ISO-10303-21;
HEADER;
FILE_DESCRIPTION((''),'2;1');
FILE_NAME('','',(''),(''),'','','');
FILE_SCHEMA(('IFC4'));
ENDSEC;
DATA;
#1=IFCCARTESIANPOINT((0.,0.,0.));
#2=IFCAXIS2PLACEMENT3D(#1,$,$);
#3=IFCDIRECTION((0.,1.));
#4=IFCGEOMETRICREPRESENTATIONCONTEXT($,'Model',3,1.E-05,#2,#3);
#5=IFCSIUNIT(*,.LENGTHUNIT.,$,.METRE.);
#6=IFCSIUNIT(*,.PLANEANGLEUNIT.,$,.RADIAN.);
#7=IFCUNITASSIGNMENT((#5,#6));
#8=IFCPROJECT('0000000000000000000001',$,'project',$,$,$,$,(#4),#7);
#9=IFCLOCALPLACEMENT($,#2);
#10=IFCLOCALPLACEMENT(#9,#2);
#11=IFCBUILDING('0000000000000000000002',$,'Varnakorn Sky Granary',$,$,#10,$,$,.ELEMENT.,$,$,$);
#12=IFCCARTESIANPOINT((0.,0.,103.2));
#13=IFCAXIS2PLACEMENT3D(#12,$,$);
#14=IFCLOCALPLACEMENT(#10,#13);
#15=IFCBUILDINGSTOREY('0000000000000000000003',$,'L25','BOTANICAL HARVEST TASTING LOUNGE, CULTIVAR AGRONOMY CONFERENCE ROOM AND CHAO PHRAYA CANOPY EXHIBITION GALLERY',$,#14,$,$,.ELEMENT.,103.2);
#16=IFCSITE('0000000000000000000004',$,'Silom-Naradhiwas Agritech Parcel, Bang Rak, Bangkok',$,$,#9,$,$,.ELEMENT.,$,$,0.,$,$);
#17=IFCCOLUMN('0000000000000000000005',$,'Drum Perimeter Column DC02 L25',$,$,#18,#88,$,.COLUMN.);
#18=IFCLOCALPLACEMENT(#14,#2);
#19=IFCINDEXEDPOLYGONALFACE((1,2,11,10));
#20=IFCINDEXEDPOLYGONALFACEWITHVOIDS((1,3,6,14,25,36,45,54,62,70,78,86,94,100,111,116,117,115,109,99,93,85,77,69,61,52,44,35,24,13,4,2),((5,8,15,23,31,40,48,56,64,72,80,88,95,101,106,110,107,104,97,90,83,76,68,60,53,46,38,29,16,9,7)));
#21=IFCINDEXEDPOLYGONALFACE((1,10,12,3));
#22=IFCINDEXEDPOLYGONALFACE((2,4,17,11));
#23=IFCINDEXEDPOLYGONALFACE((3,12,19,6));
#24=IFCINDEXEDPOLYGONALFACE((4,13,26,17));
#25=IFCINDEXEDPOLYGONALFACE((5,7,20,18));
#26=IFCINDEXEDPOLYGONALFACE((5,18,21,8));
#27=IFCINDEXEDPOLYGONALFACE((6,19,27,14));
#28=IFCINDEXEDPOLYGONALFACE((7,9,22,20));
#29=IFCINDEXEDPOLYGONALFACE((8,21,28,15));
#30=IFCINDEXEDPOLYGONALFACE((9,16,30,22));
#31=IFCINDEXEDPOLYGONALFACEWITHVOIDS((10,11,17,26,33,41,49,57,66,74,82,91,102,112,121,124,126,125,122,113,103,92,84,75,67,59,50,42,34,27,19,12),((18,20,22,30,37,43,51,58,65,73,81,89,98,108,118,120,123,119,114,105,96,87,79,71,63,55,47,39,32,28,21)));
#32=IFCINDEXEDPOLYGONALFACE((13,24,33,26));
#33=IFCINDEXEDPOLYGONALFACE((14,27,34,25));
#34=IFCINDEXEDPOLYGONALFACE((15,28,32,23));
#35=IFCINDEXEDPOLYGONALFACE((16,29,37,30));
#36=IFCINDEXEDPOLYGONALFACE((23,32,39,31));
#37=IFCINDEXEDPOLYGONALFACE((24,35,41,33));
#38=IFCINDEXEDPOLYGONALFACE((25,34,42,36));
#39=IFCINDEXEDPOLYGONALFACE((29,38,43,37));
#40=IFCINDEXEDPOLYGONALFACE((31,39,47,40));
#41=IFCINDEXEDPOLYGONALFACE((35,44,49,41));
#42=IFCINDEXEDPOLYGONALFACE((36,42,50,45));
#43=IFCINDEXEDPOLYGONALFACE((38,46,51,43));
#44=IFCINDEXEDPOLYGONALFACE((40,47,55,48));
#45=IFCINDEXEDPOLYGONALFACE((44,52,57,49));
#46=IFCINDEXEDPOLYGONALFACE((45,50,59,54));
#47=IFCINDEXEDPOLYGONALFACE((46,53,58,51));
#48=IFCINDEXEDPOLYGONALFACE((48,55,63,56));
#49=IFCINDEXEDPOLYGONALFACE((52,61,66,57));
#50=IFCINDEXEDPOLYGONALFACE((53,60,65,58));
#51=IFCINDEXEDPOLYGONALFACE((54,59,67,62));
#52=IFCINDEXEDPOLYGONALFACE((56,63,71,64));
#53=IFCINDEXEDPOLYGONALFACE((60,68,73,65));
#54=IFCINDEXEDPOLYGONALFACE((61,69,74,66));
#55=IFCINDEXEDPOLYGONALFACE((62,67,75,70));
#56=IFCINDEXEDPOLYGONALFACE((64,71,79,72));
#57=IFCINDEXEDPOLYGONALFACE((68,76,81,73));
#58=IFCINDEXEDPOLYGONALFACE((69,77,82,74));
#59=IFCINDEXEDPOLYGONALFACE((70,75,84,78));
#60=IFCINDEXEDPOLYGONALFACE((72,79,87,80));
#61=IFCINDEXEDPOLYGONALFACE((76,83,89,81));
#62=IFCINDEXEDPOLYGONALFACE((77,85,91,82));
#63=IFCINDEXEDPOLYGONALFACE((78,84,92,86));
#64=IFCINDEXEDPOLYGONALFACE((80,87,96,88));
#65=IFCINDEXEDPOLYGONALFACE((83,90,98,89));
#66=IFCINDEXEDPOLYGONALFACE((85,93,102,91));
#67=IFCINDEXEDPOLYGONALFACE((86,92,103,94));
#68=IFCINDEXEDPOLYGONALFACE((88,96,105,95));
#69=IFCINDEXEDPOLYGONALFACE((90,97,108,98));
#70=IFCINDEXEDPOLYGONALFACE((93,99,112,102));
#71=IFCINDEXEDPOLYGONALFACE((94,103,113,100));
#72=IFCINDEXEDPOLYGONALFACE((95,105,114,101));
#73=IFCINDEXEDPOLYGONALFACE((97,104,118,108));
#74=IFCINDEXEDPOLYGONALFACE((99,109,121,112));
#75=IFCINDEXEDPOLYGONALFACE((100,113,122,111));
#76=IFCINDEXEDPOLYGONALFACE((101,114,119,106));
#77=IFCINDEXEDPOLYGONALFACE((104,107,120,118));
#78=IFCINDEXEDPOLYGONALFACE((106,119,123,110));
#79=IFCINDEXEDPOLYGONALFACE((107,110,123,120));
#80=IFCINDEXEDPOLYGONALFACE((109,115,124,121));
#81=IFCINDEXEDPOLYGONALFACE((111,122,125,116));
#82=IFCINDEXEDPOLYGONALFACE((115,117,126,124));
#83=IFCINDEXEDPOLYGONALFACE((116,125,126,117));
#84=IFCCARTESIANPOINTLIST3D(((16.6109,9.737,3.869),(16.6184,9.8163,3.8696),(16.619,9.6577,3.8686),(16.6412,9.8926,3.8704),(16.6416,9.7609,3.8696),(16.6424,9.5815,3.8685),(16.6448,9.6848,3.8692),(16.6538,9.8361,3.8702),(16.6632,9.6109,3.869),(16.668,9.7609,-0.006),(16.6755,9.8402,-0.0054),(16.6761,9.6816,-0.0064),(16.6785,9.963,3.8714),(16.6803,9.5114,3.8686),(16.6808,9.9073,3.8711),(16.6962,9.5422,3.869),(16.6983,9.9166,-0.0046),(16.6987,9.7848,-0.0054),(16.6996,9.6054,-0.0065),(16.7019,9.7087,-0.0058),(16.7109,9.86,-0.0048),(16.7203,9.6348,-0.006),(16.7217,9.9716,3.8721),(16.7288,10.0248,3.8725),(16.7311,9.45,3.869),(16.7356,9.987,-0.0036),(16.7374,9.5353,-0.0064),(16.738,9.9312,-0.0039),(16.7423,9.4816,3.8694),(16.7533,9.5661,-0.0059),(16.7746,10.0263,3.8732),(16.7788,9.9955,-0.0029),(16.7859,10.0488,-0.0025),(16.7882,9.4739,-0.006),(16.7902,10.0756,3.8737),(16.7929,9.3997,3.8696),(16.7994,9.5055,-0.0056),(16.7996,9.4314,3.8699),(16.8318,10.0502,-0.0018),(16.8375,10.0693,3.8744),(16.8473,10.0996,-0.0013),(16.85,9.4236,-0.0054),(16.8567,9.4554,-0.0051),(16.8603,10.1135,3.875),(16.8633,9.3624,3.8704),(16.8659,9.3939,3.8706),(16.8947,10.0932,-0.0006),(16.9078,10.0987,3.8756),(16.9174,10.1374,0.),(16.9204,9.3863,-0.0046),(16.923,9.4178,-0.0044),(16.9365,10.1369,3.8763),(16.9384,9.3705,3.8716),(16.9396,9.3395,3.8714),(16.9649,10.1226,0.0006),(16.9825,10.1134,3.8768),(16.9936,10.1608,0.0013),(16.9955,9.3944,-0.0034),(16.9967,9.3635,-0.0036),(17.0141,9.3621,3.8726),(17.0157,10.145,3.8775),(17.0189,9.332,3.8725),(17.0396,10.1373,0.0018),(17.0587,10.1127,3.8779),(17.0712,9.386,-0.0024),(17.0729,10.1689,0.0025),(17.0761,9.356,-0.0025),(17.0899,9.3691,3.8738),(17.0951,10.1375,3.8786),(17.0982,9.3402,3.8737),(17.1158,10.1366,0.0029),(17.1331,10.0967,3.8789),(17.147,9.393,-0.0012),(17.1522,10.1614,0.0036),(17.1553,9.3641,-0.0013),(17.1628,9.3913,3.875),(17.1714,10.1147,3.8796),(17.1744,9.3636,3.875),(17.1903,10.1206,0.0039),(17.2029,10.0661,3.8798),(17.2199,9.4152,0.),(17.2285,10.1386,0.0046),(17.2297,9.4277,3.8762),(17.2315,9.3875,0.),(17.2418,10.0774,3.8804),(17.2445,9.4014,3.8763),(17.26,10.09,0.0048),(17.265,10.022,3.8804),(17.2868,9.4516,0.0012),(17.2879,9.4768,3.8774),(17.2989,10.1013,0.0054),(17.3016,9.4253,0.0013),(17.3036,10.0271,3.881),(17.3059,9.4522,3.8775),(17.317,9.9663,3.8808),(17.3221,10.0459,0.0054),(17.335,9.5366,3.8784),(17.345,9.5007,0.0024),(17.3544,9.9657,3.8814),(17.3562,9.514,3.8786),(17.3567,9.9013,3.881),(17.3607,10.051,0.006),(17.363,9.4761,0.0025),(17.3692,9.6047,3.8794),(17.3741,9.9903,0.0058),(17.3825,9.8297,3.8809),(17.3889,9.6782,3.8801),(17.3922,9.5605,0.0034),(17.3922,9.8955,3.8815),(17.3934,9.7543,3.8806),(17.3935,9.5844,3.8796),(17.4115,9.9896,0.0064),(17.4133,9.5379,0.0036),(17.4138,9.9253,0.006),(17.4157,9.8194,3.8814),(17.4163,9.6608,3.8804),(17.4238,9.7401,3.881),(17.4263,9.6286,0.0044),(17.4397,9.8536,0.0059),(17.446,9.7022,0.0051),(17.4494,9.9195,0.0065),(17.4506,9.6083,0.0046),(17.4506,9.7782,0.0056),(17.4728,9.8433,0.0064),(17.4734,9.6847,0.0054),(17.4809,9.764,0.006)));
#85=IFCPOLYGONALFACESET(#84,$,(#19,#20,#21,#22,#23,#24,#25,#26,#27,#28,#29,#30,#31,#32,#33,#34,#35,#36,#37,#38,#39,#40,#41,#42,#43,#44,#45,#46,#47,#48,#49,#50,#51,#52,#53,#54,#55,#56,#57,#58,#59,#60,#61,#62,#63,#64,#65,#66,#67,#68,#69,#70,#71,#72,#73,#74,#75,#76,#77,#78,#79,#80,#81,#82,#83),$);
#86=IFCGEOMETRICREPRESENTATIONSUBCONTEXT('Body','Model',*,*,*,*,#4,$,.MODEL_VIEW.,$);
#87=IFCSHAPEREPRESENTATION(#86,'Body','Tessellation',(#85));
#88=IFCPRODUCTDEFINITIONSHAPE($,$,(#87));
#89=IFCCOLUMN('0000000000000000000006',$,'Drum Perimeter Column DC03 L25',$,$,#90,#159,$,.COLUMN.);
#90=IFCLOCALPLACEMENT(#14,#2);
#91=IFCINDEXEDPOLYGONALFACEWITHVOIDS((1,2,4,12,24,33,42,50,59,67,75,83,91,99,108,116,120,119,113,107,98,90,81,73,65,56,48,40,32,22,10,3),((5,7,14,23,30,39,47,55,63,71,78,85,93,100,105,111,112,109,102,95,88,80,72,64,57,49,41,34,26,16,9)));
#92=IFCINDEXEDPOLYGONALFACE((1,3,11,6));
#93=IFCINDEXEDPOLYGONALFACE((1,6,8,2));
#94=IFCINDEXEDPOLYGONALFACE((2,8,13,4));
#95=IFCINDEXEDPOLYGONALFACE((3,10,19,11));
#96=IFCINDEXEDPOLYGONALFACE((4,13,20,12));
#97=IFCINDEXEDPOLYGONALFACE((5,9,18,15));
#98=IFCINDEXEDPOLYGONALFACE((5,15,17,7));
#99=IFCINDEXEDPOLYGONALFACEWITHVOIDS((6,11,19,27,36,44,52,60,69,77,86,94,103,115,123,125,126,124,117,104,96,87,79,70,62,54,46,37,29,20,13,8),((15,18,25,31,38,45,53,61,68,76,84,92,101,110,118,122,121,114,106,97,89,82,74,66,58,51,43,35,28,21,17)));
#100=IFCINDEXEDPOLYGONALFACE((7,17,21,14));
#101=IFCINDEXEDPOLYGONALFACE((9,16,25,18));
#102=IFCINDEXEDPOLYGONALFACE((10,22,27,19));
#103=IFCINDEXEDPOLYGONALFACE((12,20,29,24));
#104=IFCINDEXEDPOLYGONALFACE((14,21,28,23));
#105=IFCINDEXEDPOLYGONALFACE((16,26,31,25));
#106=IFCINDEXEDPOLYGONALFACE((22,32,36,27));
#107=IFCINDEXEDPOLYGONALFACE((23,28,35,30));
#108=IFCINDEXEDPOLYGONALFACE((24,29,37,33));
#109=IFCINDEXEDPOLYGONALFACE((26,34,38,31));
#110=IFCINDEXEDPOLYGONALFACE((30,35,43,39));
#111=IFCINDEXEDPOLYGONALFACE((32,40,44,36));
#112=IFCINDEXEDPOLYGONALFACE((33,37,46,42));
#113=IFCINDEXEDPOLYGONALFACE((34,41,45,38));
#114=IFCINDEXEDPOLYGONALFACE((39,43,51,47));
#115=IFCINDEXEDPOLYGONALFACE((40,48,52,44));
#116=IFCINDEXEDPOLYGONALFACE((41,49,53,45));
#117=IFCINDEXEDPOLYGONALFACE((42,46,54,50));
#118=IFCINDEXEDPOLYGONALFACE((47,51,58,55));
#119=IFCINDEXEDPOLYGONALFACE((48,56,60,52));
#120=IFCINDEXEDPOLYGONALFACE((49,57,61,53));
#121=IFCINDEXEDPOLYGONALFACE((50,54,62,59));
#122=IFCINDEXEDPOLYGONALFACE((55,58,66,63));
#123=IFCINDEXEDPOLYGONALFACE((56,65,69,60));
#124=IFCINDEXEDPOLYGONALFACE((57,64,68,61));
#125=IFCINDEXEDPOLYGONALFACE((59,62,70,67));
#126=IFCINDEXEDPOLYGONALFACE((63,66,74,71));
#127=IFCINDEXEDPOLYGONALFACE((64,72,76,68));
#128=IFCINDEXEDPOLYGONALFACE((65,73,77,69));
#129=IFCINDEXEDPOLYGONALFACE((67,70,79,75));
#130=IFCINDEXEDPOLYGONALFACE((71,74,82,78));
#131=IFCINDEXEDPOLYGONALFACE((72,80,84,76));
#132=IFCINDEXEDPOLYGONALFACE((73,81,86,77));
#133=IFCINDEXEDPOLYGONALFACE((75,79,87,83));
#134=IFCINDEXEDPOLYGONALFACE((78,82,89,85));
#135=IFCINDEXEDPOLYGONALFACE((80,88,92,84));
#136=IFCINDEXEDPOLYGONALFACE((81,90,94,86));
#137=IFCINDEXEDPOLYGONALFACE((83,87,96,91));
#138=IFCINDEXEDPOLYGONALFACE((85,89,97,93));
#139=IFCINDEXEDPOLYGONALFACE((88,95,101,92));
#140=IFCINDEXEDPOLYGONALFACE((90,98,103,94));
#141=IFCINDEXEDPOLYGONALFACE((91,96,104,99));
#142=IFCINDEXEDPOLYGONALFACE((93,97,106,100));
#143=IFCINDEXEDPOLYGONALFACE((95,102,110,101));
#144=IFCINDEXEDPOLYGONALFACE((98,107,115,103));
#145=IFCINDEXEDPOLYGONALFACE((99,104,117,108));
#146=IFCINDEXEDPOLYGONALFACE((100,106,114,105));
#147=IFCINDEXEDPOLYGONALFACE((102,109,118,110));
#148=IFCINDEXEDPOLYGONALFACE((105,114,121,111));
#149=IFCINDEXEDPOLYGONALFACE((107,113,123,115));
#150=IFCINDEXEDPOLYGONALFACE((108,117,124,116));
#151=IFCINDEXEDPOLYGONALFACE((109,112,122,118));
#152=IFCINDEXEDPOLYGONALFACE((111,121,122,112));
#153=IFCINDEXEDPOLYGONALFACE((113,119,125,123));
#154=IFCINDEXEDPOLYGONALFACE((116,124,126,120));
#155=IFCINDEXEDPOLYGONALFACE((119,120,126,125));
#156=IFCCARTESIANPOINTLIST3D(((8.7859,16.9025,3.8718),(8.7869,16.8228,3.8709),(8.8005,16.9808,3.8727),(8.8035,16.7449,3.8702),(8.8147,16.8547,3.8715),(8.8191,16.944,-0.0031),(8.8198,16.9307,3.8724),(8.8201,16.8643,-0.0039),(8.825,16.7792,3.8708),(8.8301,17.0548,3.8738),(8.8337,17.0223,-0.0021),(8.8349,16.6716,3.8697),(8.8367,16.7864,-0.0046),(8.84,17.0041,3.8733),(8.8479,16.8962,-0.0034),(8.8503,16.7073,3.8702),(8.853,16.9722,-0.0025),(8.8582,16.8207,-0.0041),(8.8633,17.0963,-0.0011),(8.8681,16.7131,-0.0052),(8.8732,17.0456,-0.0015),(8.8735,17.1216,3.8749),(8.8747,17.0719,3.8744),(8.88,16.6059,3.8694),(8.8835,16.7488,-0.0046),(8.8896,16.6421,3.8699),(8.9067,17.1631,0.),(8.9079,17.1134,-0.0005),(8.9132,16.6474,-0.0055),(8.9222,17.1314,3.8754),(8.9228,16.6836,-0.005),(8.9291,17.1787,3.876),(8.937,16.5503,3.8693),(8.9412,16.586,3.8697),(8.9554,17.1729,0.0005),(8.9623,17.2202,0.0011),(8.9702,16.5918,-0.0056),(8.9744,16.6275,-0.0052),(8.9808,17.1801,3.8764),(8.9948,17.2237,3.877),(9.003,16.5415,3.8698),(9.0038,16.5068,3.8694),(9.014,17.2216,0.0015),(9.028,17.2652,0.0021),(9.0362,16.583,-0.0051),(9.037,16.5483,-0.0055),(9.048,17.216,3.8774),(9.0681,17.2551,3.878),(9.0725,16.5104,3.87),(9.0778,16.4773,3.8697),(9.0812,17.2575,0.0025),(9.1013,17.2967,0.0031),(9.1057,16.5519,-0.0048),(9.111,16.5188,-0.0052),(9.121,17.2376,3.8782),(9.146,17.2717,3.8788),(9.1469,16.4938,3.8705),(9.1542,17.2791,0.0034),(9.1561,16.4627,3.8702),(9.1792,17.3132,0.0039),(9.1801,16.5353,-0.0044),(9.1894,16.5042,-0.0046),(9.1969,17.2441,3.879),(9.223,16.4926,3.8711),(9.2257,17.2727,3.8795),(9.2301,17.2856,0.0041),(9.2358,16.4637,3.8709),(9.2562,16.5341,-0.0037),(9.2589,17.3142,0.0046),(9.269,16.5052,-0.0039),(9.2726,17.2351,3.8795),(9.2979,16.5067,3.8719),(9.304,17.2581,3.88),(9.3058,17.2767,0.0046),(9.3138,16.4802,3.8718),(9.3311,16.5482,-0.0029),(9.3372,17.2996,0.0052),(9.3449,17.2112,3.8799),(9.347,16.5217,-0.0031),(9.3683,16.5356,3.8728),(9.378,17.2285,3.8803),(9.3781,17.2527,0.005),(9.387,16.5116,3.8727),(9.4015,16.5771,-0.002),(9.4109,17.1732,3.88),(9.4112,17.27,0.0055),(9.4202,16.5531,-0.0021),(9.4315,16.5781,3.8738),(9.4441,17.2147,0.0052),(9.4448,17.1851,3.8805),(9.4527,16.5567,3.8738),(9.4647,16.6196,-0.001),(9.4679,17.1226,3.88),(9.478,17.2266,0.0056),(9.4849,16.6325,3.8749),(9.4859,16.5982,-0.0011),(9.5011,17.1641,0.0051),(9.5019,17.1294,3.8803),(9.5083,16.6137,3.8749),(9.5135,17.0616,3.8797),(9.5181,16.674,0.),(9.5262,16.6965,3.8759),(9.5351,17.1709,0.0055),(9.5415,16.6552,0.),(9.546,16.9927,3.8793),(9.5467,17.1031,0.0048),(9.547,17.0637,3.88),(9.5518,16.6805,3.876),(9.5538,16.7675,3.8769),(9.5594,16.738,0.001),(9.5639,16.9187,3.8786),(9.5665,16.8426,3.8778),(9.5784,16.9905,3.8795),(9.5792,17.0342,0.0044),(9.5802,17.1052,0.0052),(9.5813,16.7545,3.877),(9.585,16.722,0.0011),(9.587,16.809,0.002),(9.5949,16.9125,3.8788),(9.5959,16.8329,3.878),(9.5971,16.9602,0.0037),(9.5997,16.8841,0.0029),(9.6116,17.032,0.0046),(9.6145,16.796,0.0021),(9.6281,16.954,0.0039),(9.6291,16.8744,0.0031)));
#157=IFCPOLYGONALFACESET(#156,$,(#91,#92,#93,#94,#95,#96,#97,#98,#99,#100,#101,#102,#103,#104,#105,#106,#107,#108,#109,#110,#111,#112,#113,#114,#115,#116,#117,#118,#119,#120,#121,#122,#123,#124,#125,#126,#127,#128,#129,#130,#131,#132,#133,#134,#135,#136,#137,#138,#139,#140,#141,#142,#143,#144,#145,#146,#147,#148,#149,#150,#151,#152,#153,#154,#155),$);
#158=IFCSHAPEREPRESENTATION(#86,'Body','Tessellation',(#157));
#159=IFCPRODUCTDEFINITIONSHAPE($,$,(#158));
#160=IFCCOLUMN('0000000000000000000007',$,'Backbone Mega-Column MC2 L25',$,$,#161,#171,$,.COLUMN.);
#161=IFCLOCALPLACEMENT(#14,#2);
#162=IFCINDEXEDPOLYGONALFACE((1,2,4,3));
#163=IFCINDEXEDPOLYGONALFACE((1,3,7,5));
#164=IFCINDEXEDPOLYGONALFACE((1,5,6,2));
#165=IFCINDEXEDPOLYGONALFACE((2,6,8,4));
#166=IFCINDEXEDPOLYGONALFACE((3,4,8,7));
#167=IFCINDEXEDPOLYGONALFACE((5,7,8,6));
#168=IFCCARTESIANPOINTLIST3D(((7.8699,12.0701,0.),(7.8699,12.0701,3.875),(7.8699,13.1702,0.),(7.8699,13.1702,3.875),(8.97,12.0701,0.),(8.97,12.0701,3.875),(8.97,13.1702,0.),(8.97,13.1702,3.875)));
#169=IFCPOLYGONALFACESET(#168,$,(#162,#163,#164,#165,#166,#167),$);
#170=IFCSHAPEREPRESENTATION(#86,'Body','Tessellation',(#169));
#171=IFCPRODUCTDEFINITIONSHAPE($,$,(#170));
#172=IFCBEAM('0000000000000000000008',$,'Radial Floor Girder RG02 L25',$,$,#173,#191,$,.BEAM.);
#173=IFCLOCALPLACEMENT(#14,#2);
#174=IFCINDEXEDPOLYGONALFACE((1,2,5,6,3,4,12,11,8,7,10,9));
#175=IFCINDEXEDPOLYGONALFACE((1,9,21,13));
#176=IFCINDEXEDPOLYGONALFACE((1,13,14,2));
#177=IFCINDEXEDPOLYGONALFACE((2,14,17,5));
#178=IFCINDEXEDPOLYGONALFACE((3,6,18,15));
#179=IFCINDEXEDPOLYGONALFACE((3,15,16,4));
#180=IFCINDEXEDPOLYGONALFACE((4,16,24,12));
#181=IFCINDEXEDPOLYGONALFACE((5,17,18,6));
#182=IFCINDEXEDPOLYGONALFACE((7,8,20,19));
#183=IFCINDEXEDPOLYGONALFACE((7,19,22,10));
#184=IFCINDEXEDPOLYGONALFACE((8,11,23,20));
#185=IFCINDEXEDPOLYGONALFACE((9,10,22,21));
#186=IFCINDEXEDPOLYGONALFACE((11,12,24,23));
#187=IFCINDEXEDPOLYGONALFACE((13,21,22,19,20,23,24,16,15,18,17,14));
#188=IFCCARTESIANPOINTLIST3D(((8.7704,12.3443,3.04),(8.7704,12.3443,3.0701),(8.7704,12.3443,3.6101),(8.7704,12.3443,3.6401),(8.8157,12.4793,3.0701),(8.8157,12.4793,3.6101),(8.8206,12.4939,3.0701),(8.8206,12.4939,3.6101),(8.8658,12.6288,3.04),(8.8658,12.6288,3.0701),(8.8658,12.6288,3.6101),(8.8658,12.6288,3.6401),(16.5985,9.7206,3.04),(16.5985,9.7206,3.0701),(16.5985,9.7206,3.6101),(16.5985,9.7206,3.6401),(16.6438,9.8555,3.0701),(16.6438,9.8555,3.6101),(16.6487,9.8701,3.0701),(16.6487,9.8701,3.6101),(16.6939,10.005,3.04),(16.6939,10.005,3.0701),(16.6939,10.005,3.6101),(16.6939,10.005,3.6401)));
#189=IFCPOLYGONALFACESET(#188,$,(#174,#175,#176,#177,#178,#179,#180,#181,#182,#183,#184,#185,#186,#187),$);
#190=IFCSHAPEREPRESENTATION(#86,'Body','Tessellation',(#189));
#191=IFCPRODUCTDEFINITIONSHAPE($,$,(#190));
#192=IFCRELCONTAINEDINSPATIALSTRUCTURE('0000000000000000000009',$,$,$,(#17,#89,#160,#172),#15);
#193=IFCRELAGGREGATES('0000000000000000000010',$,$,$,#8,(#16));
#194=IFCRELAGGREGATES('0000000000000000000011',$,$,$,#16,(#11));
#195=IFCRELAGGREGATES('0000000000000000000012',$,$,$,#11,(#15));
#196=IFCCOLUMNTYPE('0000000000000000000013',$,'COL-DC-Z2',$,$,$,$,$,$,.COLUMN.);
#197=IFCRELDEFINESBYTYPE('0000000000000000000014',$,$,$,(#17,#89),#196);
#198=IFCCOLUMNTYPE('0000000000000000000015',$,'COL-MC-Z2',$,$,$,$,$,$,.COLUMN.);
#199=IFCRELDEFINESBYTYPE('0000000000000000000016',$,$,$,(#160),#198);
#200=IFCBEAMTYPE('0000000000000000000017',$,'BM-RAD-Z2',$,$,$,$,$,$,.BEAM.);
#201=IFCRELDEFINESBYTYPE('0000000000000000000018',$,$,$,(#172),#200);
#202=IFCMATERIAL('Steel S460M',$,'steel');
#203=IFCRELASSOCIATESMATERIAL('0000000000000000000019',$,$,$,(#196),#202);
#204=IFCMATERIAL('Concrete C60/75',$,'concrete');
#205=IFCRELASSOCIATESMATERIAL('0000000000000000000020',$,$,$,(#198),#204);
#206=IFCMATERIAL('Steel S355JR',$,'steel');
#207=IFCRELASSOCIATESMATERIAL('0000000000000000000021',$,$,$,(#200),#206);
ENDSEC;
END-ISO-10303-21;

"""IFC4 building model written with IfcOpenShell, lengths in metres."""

from ifc_helpers import new_model, si_unit, direction, frame, origin, origin_2d, place, context, subcontext, project, spatial, rectangle, hollow_circle, i_section, extrude, material, material_profile, profile_set, type_object, element, save


model = new_model("IFC4")

# Units and contexts
model_context = context("Model", 3, precision=1e-05, world=origin(), true_north=direction((0.0, 1.0)))
body_context = subcontext(model_context, "Body", "Model", "MODEL_VIEW")
ifc_project = project(units=[si_unit("LENGTHUNIT", "METRE"), si_unit("PLANEANGLEUNIT", "RADIAN")], contexts=[model_context])

# Site, building, storey
site_placement = place(None, origin())
site = spatial("IfcSite", under=ifc_project, at=site_placement, Name="Silom-Naradhiwas Agritech Parcel, Bang Rak, Bangkok", CompositionType="ELEMENT", RefElevation=0.0)
building_placement = place(site_placement, origin())
building = spatial("IfcBuilding", under=site, at=building_placement, Name="Varnakorn Sky Granary", CompositionType="ELEMENT")
storey_placement = place(building_placement, frame((0.0, 0.0, 103.2)))
storey = spatial("IfcBuildingStorey", under=building, at=storey_placement, Name="L25", Description="BOTANICAL HARVEST TASTING LOUNGE, CULTIVAR AGRONOMY CONFERENCE ROOM AND CHAO PHRAYA CANOPY EXHIBITION GALLERY", CompositionType="ELEMENT", Elevation=103.2)

# Columns
ifc_material_1 = material(Name="Steel S460M", Category="steel")
ifc_material_profile_1 = material_profile(ifc_material_1, hollow_circle(Radius=0.4065, WallThickness=0.03, at=origin_2d()), Name="CHS 813x30")
ifc_profile_set_1 = profile_set([ifc_material_profile_1], Name="Steel S460M")
column_type_1 = type_object("IfcColumnType", Name="COL-DC-Z2", PredefinedType="COLUMN", material=ifc_profile_set_1)
column_1_placement = place(storey_placement, frame((17.0745, 9.7625, 0.0), z_axis=(-0.014741, -0.006174, 0.999872), x_axis=(0.386294, -0.922376, 0.0)))
element("IfcColumn", 1, at=column_1_placement, inside=storey, type_object=column_type_1, Name="Drum Perimeter Column DC02 L25", PredefinedType="COLUMN", context=body_context, shape_type="SweptSolid", body=[
    extrude(hollow_circle(Radius=0.4065, WallThickness=0.03, at=origin_2d()), origin(), (0.0, 0.0, 1.0), 3.8755),
])
column_2_placement = place(storey_placement, frame((9.2241, 16.9092, 0.0), z_axis=(-0.008568, -0.01071, 0.999906), x_axis=(0.780869, -0.624695, 0.0)))
element("IfcColumn", 2, at=column_2_placement, inside=storey, type_object=column_type_1, Name="Drum Perimeter Column DC03 L25", PredefinedType="COLUMN", context=body_context, shape_type="SweptSolid", body=[
    extrude(hollow_circle(Radius=0.4065, WallThickness=0.03, at=origin_2d()), origin(), (0.0, 0.0, 1.0), 3.8752),
])
ifc_material_2 = material(Name="Concrete C60/75", Category="concrete")
ifc_material_profile_2 = material_profile(ifc_material_2, rectangle(XDim=1.1001, YDim=1.1001, at=origin_2d()), Name="RC 1100x1100")
ifc_profile_set_2 = profile_set([ifc_material_profile_2], Name="Concrete C60/75")
column_type_2 = type_object("IfcColumnType", Name="COL-MC-Z2", PredefinedType="COLUMN", material=ifc_profile_set_2)
column_3_placement = place(storey_placement, frame((8.4199, 12.6201, 0.0), z_axis=(0.0, 0.0, 1.0), x_axis=(1.0, 0.0, 0.0)))
element("IfcColumn", 3, at=column_3_placement, inside=storey, type_object=column_type_2, Name="Backbone Mega-Column MC2 L25", PredefinedType="COLUMN", context=body_context, shape_type="SweptSolid", body=[
    extrude(rectangle(XDim=1.1001, YDim=1.1001, at=origin_2d()), origin(), (0.0, 0.0, 1.0), 3.875),
])

# Beam
ifc_material_3 = material(Name="Steel S355JR", Category="steel")
ifc_material_profile_3 = material_profile(ifc_material_3, i_section(OverallWidth=0.3, OverallDepth=0.6001, WebThickness=0.0154, FlangeThickness=0.03, at=origin_2d()), Name="HE 600 B")
ifc_profile_set_3 = profile_set([ifc_material_profile_3], Name="Steel S355JR")
beam_type_1 = type_object("IfcBeamType", Name="BM-RAD-Z2", PredefinedType="BEAM", material=ifc_profile_set_3)
beam_1_placement = place(storey_placement, frame((8.8181, 12.4866, 3.3401), z_axis=(0.948159, -0.317798, 0.0), x_axis=(0.317798, 0.948159, 0.0)))
element("IfcBeam", 4, at=beam_1_placement, inside=storey, type_object=beam_type_1, Name="Radial Floor Girder RG02 L25", PredefinedType="BEAM", context=body_context, shape_type="SweptSolid", body=[
    extrude(i_section(OverallWidth=0.3, OverallDepth=0.6001, WebThickness=0.0154, FlangeThickness=0.03, at=origin_2d()), origin(), (0.0, 0.0, 1.0), 8.2561),
])

save(model, "model.ifc")
